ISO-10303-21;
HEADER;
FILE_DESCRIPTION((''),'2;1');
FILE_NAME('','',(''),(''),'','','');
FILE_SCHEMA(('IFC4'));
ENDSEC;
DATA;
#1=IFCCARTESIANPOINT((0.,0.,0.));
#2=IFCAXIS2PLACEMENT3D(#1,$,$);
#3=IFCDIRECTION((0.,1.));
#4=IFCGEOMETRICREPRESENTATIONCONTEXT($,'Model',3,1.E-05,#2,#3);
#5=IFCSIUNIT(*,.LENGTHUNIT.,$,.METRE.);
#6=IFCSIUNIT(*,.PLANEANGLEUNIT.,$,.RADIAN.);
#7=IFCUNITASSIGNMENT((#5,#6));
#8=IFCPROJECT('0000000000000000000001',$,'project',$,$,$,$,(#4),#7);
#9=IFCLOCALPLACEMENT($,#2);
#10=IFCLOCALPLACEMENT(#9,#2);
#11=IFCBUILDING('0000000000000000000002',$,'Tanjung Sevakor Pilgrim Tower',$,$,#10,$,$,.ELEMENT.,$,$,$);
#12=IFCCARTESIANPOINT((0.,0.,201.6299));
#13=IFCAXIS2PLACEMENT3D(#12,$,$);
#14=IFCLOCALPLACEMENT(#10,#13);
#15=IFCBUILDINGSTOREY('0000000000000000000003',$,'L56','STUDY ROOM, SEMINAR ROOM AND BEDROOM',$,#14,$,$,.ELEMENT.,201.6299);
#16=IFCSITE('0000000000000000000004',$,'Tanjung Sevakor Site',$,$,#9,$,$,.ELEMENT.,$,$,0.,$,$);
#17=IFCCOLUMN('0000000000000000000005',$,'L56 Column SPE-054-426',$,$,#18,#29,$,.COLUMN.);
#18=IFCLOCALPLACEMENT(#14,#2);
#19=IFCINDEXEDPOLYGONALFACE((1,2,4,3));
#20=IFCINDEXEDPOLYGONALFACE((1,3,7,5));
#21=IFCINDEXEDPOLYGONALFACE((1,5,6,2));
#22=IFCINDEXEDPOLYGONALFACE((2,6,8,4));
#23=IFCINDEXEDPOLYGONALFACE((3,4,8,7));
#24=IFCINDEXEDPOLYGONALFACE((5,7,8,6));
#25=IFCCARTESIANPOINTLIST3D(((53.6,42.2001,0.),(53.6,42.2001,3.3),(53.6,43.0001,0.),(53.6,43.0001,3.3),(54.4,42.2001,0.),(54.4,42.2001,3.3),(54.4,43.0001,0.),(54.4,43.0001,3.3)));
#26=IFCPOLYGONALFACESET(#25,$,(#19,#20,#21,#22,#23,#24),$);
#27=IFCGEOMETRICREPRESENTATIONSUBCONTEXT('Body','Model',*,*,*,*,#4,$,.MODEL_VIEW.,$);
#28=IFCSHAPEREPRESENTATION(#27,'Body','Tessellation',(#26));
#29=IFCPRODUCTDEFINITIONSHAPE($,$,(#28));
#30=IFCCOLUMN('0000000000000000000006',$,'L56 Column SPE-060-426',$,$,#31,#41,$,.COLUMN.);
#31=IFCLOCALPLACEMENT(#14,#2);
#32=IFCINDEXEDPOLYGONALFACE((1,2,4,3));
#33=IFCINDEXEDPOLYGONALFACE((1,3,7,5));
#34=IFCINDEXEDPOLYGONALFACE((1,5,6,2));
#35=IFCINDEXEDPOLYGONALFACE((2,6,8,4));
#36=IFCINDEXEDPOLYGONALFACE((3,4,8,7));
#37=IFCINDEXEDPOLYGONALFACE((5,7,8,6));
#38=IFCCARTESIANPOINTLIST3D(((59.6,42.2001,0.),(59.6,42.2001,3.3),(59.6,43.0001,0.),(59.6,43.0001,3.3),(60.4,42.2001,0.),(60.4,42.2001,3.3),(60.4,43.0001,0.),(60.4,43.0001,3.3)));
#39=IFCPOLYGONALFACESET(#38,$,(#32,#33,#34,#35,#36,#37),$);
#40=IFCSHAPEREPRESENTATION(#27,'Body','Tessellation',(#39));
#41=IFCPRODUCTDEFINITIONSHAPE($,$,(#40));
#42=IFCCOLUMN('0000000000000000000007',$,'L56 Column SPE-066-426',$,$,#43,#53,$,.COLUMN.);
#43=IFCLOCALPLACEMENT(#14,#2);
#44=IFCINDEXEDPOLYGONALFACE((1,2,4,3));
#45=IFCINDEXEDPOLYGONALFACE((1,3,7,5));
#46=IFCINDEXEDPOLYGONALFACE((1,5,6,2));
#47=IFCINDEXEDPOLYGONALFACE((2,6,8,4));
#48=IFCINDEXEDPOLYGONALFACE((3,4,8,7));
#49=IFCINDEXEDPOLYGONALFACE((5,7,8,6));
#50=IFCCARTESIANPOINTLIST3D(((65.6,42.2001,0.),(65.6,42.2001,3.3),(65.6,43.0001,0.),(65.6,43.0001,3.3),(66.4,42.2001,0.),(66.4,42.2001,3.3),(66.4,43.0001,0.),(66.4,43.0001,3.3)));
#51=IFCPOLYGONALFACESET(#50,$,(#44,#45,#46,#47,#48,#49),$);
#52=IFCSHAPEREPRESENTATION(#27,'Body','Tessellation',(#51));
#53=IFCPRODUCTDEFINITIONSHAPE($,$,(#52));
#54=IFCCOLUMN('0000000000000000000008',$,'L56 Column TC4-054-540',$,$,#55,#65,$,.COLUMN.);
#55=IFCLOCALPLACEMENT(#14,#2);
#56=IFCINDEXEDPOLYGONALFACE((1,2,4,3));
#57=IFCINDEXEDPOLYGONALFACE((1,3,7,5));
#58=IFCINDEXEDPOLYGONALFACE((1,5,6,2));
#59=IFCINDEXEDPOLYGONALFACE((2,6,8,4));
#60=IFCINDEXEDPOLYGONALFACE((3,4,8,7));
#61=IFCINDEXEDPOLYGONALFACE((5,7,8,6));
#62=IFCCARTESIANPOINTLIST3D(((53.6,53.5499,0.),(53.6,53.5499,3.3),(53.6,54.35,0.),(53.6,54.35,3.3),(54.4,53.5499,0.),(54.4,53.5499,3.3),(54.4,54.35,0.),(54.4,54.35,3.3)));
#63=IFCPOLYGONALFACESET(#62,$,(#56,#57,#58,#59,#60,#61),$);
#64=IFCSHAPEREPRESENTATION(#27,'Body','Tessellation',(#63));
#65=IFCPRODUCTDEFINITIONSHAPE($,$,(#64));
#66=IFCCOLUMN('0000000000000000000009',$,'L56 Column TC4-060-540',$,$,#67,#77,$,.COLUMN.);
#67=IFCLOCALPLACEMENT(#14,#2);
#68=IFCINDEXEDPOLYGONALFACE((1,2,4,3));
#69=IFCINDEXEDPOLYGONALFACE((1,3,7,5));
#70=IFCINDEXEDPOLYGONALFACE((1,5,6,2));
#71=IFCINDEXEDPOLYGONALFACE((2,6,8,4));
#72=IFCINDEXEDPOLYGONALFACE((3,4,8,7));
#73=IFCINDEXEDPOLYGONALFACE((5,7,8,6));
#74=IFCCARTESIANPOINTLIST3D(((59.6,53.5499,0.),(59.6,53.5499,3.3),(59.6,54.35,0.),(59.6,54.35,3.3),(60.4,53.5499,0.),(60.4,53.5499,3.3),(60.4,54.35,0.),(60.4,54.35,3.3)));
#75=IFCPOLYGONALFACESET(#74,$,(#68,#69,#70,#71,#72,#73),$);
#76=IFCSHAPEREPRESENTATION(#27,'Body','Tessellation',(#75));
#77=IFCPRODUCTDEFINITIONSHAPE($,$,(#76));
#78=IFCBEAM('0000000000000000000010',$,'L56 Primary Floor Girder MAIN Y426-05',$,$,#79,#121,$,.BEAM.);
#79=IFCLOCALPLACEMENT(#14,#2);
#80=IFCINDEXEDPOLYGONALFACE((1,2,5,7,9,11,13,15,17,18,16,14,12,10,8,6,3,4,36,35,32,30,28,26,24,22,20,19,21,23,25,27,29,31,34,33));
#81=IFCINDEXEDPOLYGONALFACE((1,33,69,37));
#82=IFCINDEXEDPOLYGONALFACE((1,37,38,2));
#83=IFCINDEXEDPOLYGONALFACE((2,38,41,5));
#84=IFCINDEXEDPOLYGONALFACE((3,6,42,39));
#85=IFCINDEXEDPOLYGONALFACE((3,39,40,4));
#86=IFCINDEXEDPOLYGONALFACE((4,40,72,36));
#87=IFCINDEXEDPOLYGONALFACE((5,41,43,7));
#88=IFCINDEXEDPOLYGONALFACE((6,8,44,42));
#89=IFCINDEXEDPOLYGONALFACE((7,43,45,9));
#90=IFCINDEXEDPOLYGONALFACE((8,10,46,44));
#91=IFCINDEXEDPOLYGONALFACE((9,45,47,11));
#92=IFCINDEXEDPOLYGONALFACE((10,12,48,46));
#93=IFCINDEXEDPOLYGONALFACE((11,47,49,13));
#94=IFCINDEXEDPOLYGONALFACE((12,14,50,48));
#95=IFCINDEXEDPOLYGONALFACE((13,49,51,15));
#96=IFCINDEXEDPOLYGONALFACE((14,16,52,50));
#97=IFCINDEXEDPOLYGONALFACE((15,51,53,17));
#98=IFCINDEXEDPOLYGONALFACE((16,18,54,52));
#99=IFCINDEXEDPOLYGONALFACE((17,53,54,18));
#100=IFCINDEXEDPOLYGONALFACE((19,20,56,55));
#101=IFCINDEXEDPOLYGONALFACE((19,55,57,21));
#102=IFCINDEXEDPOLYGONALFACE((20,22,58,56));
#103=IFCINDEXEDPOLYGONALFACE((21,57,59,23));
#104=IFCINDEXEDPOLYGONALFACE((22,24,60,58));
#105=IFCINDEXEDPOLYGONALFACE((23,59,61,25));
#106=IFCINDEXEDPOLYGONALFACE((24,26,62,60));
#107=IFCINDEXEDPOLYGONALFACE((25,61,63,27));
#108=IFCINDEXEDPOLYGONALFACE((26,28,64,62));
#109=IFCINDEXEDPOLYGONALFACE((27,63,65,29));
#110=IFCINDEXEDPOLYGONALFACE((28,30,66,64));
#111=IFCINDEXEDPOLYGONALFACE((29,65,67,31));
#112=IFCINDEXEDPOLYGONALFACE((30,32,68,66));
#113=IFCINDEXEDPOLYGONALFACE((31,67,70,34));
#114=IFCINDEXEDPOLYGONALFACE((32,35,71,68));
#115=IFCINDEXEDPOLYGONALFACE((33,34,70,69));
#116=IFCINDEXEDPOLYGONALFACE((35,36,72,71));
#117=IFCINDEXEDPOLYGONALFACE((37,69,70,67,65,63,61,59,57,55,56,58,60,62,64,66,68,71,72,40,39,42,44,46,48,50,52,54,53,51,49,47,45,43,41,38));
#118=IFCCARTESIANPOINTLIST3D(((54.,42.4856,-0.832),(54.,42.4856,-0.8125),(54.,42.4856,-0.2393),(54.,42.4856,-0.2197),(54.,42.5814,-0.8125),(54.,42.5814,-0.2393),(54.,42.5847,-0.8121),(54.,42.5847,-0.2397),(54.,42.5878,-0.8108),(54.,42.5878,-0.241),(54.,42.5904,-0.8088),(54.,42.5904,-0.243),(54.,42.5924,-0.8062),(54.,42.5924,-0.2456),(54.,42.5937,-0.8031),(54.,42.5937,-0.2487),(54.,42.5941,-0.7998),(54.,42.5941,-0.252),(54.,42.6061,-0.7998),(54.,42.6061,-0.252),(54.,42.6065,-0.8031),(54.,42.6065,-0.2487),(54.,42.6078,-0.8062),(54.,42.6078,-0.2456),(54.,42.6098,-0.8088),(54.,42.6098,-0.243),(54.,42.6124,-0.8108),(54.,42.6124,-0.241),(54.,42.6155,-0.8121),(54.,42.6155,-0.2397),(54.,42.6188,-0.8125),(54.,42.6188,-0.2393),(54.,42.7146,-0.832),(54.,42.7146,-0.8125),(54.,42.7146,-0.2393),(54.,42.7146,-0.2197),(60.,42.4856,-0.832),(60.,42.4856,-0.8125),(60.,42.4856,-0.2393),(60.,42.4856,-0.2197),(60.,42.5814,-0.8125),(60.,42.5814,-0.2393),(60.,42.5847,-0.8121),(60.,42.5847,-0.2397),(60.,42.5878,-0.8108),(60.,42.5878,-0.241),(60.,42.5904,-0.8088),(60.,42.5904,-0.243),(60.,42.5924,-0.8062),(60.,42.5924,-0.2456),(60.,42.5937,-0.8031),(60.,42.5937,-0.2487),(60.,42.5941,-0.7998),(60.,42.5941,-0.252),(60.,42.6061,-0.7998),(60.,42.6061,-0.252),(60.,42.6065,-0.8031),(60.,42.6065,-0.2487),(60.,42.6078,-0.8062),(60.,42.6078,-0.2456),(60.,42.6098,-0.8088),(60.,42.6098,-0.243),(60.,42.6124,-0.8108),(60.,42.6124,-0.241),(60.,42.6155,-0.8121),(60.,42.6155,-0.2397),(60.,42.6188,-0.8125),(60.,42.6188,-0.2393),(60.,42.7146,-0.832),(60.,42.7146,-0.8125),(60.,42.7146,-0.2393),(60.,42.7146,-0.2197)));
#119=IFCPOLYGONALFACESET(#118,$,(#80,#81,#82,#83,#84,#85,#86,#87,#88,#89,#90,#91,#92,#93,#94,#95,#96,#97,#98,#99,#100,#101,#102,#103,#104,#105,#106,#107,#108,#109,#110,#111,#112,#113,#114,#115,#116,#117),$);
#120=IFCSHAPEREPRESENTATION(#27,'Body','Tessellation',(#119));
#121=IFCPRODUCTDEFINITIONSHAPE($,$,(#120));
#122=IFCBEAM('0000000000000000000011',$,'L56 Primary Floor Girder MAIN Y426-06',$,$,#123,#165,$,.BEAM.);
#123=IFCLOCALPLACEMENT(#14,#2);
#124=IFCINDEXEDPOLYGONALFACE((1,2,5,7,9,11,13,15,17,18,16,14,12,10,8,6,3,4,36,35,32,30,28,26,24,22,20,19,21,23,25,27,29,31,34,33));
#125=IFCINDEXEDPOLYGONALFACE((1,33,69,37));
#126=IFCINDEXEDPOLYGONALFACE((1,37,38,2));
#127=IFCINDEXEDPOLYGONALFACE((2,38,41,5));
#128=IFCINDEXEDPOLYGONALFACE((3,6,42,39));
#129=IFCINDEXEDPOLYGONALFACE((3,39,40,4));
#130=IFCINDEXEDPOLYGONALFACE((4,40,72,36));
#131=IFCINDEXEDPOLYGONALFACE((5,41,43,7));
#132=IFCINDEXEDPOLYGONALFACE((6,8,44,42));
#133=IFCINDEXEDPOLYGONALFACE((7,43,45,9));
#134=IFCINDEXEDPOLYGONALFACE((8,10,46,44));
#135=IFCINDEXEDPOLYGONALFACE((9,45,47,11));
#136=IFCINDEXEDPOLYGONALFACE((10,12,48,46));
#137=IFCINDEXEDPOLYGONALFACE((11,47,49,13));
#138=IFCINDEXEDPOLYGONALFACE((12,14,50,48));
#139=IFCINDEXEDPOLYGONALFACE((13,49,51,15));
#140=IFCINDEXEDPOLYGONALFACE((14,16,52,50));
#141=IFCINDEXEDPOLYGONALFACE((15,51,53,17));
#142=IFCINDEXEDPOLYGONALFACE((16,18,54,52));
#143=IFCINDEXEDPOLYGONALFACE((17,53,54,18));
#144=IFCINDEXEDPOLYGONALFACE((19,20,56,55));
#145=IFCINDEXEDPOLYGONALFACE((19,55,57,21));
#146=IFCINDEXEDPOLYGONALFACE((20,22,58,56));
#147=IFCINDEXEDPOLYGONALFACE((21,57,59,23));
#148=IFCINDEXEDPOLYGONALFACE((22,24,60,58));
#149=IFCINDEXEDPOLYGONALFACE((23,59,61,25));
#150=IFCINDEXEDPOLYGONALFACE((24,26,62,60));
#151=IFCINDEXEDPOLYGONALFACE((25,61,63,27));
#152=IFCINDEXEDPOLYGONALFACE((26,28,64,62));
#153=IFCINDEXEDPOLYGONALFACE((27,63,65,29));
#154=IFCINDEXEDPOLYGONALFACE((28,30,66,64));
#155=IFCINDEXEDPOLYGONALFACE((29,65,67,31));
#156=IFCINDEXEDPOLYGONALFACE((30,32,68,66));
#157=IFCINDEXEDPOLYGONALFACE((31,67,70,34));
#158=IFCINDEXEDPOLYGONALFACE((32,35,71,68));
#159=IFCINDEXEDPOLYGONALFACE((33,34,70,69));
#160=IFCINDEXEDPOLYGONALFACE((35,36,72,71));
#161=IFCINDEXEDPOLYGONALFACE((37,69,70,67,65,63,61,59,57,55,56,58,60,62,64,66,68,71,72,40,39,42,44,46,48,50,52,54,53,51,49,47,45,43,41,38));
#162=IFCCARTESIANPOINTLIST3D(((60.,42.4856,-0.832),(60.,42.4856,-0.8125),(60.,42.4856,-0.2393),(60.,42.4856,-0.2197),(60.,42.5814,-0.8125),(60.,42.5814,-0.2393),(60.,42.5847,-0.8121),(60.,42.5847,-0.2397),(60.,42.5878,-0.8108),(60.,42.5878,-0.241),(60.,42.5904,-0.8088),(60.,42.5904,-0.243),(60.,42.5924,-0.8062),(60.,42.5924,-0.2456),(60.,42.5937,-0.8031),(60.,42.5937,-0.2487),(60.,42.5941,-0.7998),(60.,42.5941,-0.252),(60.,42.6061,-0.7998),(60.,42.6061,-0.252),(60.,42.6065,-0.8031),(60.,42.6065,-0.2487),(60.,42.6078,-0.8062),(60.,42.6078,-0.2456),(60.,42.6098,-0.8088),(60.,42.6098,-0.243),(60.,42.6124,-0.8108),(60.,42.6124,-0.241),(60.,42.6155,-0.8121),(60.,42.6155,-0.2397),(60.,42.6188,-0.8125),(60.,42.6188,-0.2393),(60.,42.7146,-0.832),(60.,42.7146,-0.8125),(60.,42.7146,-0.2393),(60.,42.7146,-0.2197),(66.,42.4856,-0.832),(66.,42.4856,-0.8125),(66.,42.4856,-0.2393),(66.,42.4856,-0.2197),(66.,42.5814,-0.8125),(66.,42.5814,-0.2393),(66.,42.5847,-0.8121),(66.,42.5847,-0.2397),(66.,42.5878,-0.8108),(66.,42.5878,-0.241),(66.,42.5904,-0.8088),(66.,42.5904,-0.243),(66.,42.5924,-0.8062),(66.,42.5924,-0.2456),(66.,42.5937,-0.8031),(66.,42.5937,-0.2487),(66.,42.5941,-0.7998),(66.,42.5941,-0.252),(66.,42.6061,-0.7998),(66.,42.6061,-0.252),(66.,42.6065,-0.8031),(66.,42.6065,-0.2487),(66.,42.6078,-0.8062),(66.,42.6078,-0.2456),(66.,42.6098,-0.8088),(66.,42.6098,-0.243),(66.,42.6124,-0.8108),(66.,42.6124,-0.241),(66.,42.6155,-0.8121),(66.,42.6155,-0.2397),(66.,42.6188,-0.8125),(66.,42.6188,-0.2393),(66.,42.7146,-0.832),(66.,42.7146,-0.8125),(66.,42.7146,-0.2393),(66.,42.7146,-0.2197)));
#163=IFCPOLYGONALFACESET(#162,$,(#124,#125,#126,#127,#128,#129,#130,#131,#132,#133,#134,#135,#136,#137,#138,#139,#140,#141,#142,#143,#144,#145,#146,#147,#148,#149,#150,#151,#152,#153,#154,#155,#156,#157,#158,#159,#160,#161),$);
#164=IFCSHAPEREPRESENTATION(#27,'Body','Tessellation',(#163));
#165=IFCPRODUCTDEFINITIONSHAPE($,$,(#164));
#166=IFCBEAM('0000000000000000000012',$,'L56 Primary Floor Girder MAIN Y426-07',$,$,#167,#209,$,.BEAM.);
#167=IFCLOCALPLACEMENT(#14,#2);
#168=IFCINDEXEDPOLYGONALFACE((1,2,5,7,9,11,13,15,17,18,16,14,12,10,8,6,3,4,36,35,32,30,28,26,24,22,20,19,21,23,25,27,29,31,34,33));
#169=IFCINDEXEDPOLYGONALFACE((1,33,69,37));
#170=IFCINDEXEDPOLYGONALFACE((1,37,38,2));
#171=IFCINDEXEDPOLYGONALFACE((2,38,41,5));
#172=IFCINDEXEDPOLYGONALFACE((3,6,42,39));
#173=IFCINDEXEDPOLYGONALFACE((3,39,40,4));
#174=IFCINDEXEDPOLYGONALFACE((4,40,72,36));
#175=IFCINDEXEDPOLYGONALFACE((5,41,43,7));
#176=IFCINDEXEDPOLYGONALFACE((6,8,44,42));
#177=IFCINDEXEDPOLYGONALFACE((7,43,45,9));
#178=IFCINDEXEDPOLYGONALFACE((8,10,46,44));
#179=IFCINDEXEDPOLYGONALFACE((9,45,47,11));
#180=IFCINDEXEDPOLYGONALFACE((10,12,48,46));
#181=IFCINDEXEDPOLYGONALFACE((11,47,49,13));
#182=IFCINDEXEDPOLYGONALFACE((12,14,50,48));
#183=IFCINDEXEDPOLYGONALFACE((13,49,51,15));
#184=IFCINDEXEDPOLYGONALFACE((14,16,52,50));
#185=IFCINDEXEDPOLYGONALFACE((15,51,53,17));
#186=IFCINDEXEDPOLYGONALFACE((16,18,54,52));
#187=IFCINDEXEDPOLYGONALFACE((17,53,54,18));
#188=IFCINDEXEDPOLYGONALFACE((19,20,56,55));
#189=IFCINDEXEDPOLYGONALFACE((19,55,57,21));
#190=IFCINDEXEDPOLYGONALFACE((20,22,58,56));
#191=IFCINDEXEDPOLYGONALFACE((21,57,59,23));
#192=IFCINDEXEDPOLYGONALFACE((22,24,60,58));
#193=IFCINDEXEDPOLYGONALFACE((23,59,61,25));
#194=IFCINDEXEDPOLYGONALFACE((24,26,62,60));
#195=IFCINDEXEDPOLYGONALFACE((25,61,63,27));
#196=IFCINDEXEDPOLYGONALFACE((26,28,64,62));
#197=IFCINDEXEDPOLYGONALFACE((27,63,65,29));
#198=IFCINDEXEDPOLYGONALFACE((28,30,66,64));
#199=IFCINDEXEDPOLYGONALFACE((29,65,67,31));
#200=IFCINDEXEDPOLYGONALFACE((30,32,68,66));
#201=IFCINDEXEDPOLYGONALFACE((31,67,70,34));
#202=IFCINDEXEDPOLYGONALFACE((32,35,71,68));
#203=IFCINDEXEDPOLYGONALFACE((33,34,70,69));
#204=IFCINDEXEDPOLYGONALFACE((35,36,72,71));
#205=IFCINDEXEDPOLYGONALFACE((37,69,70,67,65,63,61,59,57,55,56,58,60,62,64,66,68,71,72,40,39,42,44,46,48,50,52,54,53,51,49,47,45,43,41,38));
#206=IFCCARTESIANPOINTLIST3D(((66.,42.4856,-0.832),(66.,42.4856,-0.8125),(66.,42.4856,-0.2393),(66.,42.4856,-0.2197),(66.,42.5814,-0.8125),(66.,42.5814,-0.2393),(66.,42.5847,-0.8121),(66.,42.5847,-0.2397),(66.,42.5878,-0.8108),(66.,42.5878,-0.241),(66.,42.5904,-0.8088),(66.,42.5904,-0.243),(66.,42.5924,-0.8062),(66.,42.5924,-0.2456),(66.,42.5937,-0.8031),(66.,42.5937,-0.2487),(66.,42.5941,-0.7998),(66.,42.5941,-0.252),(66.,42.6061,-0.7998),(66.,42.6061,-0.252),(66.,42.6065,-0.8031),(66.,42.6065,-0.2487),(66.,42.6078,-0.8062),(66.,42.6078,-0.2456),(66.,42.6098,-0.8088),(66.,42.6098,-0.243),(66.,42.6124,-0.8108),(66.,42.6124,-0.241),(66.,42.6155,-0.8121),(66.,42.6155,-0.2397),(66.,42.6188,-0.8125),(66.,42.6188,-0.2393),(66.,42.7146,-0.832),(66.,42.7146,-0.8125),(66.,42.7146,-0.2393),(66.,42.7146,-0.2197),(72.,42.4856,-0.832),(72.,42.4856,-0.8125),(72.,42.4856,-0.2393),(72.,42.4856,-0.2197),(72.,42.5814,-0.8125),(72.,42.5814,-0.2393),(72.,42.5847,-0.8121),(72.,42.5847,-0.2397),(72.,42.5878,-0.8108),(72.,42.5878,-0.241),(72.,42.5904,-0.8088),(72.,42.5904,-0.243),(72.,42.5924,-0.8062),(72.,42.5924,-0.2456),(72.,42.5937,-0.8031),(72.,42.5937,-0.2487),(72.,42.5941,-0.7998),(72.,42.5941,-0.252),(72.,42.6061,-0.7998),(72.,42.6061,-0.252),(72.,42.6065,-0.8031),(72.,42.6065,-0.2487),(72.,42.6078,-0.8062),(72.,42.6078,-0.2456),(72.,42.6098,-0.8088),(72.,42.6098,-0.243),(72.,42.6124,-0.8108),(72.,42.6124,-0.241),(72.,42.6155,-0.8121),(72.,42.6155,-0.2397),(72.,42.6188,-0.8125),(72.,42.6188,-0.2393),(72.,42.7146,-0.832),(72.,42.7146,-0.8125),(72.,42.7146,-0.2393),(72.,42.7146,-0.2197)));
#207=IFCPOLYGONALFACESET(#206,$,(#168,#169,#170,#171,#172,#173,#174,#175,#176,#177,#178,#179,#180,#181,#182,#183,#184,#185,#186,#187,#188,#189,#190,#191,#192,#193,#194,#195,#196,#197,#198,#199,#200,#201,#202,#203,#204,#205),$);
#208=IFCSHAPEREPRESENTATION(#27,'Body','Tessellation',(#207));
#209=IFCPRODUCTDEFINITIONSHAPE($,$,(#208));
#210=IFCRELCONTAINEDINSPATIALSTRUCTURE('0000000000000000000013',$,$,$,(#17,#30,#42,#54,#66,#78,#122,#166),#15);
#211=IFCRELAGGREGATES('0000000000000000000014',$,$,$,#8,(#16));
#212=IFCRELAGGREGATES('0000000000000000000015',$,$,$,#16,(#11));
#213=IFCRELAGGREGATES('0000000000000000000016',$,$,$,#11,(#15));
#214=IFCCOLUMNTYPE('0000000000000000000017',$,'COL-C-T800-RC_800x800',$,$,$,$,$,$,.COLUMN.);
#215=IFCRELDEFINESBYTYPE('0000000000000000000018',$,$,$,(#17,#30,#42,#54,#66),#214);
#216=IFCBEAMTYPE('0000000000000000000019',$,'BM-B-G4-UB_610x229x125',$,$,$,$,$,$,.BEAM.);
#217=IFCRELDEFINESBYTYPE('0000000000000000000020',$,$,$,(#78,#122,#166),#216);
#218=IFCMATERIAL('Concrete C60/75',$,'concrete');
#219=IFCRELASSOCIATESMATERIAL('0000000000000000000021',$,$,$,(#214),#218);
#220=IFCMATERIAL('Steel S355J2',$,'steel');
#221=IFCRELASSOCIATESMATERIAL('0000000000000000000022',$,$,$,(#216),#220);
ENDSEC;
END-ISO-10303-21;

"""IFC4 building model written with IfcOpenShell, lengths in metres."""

from ifc_helpers import new_model, si_unit, direction, frame, origin, origin_2d, place, context, subcontext, project, spatial, rectangle, i_section, extrude, material, material_profile, profile_set, type_object, element, save


model = new_model("IFC4")

# Units and contexts
model_context = context("Model", 3, precision=1e-05, world=origin(), true_north=direction((0.0, 1.0)))
body_context = subcontext(model_context, "Body", "Model", "MODEL_VIEW")
ifc_project = project(units=[si_unit("LENGTHUNIT", "METRE"), si_unit("PLANEANGLEUNIT", "RADIAN")], contexts=[model_context])

# Site, building, storey
site_placement = place(None, origin())
site = spatial("IfcSite", under=ifc_project, at=site_placement, Name="Tanjung Sevakor Site", CompositionType="ELEMENT", RefElevation=0.0)
building_placement = place(site_placement, origin())
building = spatial("IfcBuilding", under=site, at=building_placement, Name="Tanjung Sevakor Pilgrim Tower", CompositionType="ELEMENT")
storey_placement = place(building_placement, frame((0.0, 0.0, 201.6299)))
storey = spatial("IfcBuildingStorey", under=building, at=storey_placement, Name="L56", Description="STUDY ROOM, SEMINAR ROOM AND BEDROOM", CompositionType="ELEMENT", Elevation=201.6299)

# Columns
ifc_material_1 = material(Name="Concrete C60/75", Category="concrete")
ifc_material_profile_1 = material_profile(ifc_material_1, rectangle(XDim=0.8, YDim=0.8, at=origin_2d()))
ifc_profile_set_1 = profile_set([ifc_material_profile_1], Name="Concrete C60/75")
column_type = type_object("IfcColumnType", Name="COL-C-T800-RC_800x800", PredefinedType="COLUMN", material=ifc_profile_set_1)
for number, where, z_axis, x_axis, name in (
    (1, (54.0, 42.6001, 0.0), (0.0, 0.0, 1.0), (1.0, 0.0, 0.0), "L56 Column SPE-054-426"),
    (2, (60.0, 42.6001, 0.0), (0.0, 0.0, 1.0), (1.0, 0.0, 0.0), "L56 Column SPE-060-426"),
    (3, (66.0, 42.6001, 0.0), (0.0, 0.0, 1.0), (1.0, 0.0, 0.0), "L56 Column SPE-066-426"),
    (4, (54.0, 53.95, 0.0), (0.0, 0.0, 1.0), (1.0, 0.0, 0.0), "L56 Column TC4-054-540"),
    (5, (60.0, 53.95, 0.0), (0.0, 0.0, 1.0), (1.0, 0.0, 0.0), "L56 Column TC4-060-540"),
):
    element("IfcColumn", number, at=place(storey_placement, frame(where, z_axis=z_axis, x_axis=x_axis)), inside=storey, type_object=column_type, Name=name, PredefinedType="COLUMN", context=body_context, shape_type="SweptSolid", body=[
        extrude(rectangle(XDim=0.8, YDim=0.8, at=origin_2d()), origin(), (0.0, 0.0, 1.0), 3.3),
    ])

# Beams
ifc_material_2 = material(Name="Steel S355J2", Category="steel")
ifc_material_profile_2 = material_profile(ifc_material_2, i_section(OverallWidth=0.229, OverallDepth=0.6123, WebThickness=0.012, FlangeThickness=0.0195, FilletRadius=0.0127, at=origin_2d()))
ifc_profile_set_2 = profile_set([ifc_material_profile_2], Name="Steel S355J2")
beam_type_1 = type_object("IfcBeamType", Name="BM-B-G4-UB_610x229x125", PredefinedType="BEAM", material=ifc_profile_set_2)
for number, where, z_axis, x_axis, name in (
    (6, (54.0, 42.6001, -0.5259), (1.0, 0.0, 0.0), (0.0, 1.0, 0.0), "L56 Primary Floor Girder MAIN Y426-05"),
    (7, (60.0, 42.6001, -0.5259), (1.0, 0.0, 0.0), (0.0, 1.0, 0.0), "L56 Primary Floor Girder MAIN Y426-06"),
    (8, (66.0, 42.6001, -0.5259), (1.0, 0.0, 0.0), (0.0, 1.0, 0.0), "L56 Primary Floor Girder MAIN Y426-07"),
):
    element("IfcBeam", number, at=place(storey_placement, frame(where, z_axis=z_axis, x_axis=x_axis)), inside=storey, type_object=beam_type_1, Name=name, PredefinedType="BEAM", context=body_context, shape_type="SweptSolid", body=[
        extrude(i_section(OverallWidth=0.229, OverallDepth=0.6123, WebThickness=0.012, FlangeThickness=0.0195, FilletRadius=0.0127, at=origin_2d()), origin(), (0.0, 0.0, 1.0), 6.0),
    ])

save(model, "model.ifc")
